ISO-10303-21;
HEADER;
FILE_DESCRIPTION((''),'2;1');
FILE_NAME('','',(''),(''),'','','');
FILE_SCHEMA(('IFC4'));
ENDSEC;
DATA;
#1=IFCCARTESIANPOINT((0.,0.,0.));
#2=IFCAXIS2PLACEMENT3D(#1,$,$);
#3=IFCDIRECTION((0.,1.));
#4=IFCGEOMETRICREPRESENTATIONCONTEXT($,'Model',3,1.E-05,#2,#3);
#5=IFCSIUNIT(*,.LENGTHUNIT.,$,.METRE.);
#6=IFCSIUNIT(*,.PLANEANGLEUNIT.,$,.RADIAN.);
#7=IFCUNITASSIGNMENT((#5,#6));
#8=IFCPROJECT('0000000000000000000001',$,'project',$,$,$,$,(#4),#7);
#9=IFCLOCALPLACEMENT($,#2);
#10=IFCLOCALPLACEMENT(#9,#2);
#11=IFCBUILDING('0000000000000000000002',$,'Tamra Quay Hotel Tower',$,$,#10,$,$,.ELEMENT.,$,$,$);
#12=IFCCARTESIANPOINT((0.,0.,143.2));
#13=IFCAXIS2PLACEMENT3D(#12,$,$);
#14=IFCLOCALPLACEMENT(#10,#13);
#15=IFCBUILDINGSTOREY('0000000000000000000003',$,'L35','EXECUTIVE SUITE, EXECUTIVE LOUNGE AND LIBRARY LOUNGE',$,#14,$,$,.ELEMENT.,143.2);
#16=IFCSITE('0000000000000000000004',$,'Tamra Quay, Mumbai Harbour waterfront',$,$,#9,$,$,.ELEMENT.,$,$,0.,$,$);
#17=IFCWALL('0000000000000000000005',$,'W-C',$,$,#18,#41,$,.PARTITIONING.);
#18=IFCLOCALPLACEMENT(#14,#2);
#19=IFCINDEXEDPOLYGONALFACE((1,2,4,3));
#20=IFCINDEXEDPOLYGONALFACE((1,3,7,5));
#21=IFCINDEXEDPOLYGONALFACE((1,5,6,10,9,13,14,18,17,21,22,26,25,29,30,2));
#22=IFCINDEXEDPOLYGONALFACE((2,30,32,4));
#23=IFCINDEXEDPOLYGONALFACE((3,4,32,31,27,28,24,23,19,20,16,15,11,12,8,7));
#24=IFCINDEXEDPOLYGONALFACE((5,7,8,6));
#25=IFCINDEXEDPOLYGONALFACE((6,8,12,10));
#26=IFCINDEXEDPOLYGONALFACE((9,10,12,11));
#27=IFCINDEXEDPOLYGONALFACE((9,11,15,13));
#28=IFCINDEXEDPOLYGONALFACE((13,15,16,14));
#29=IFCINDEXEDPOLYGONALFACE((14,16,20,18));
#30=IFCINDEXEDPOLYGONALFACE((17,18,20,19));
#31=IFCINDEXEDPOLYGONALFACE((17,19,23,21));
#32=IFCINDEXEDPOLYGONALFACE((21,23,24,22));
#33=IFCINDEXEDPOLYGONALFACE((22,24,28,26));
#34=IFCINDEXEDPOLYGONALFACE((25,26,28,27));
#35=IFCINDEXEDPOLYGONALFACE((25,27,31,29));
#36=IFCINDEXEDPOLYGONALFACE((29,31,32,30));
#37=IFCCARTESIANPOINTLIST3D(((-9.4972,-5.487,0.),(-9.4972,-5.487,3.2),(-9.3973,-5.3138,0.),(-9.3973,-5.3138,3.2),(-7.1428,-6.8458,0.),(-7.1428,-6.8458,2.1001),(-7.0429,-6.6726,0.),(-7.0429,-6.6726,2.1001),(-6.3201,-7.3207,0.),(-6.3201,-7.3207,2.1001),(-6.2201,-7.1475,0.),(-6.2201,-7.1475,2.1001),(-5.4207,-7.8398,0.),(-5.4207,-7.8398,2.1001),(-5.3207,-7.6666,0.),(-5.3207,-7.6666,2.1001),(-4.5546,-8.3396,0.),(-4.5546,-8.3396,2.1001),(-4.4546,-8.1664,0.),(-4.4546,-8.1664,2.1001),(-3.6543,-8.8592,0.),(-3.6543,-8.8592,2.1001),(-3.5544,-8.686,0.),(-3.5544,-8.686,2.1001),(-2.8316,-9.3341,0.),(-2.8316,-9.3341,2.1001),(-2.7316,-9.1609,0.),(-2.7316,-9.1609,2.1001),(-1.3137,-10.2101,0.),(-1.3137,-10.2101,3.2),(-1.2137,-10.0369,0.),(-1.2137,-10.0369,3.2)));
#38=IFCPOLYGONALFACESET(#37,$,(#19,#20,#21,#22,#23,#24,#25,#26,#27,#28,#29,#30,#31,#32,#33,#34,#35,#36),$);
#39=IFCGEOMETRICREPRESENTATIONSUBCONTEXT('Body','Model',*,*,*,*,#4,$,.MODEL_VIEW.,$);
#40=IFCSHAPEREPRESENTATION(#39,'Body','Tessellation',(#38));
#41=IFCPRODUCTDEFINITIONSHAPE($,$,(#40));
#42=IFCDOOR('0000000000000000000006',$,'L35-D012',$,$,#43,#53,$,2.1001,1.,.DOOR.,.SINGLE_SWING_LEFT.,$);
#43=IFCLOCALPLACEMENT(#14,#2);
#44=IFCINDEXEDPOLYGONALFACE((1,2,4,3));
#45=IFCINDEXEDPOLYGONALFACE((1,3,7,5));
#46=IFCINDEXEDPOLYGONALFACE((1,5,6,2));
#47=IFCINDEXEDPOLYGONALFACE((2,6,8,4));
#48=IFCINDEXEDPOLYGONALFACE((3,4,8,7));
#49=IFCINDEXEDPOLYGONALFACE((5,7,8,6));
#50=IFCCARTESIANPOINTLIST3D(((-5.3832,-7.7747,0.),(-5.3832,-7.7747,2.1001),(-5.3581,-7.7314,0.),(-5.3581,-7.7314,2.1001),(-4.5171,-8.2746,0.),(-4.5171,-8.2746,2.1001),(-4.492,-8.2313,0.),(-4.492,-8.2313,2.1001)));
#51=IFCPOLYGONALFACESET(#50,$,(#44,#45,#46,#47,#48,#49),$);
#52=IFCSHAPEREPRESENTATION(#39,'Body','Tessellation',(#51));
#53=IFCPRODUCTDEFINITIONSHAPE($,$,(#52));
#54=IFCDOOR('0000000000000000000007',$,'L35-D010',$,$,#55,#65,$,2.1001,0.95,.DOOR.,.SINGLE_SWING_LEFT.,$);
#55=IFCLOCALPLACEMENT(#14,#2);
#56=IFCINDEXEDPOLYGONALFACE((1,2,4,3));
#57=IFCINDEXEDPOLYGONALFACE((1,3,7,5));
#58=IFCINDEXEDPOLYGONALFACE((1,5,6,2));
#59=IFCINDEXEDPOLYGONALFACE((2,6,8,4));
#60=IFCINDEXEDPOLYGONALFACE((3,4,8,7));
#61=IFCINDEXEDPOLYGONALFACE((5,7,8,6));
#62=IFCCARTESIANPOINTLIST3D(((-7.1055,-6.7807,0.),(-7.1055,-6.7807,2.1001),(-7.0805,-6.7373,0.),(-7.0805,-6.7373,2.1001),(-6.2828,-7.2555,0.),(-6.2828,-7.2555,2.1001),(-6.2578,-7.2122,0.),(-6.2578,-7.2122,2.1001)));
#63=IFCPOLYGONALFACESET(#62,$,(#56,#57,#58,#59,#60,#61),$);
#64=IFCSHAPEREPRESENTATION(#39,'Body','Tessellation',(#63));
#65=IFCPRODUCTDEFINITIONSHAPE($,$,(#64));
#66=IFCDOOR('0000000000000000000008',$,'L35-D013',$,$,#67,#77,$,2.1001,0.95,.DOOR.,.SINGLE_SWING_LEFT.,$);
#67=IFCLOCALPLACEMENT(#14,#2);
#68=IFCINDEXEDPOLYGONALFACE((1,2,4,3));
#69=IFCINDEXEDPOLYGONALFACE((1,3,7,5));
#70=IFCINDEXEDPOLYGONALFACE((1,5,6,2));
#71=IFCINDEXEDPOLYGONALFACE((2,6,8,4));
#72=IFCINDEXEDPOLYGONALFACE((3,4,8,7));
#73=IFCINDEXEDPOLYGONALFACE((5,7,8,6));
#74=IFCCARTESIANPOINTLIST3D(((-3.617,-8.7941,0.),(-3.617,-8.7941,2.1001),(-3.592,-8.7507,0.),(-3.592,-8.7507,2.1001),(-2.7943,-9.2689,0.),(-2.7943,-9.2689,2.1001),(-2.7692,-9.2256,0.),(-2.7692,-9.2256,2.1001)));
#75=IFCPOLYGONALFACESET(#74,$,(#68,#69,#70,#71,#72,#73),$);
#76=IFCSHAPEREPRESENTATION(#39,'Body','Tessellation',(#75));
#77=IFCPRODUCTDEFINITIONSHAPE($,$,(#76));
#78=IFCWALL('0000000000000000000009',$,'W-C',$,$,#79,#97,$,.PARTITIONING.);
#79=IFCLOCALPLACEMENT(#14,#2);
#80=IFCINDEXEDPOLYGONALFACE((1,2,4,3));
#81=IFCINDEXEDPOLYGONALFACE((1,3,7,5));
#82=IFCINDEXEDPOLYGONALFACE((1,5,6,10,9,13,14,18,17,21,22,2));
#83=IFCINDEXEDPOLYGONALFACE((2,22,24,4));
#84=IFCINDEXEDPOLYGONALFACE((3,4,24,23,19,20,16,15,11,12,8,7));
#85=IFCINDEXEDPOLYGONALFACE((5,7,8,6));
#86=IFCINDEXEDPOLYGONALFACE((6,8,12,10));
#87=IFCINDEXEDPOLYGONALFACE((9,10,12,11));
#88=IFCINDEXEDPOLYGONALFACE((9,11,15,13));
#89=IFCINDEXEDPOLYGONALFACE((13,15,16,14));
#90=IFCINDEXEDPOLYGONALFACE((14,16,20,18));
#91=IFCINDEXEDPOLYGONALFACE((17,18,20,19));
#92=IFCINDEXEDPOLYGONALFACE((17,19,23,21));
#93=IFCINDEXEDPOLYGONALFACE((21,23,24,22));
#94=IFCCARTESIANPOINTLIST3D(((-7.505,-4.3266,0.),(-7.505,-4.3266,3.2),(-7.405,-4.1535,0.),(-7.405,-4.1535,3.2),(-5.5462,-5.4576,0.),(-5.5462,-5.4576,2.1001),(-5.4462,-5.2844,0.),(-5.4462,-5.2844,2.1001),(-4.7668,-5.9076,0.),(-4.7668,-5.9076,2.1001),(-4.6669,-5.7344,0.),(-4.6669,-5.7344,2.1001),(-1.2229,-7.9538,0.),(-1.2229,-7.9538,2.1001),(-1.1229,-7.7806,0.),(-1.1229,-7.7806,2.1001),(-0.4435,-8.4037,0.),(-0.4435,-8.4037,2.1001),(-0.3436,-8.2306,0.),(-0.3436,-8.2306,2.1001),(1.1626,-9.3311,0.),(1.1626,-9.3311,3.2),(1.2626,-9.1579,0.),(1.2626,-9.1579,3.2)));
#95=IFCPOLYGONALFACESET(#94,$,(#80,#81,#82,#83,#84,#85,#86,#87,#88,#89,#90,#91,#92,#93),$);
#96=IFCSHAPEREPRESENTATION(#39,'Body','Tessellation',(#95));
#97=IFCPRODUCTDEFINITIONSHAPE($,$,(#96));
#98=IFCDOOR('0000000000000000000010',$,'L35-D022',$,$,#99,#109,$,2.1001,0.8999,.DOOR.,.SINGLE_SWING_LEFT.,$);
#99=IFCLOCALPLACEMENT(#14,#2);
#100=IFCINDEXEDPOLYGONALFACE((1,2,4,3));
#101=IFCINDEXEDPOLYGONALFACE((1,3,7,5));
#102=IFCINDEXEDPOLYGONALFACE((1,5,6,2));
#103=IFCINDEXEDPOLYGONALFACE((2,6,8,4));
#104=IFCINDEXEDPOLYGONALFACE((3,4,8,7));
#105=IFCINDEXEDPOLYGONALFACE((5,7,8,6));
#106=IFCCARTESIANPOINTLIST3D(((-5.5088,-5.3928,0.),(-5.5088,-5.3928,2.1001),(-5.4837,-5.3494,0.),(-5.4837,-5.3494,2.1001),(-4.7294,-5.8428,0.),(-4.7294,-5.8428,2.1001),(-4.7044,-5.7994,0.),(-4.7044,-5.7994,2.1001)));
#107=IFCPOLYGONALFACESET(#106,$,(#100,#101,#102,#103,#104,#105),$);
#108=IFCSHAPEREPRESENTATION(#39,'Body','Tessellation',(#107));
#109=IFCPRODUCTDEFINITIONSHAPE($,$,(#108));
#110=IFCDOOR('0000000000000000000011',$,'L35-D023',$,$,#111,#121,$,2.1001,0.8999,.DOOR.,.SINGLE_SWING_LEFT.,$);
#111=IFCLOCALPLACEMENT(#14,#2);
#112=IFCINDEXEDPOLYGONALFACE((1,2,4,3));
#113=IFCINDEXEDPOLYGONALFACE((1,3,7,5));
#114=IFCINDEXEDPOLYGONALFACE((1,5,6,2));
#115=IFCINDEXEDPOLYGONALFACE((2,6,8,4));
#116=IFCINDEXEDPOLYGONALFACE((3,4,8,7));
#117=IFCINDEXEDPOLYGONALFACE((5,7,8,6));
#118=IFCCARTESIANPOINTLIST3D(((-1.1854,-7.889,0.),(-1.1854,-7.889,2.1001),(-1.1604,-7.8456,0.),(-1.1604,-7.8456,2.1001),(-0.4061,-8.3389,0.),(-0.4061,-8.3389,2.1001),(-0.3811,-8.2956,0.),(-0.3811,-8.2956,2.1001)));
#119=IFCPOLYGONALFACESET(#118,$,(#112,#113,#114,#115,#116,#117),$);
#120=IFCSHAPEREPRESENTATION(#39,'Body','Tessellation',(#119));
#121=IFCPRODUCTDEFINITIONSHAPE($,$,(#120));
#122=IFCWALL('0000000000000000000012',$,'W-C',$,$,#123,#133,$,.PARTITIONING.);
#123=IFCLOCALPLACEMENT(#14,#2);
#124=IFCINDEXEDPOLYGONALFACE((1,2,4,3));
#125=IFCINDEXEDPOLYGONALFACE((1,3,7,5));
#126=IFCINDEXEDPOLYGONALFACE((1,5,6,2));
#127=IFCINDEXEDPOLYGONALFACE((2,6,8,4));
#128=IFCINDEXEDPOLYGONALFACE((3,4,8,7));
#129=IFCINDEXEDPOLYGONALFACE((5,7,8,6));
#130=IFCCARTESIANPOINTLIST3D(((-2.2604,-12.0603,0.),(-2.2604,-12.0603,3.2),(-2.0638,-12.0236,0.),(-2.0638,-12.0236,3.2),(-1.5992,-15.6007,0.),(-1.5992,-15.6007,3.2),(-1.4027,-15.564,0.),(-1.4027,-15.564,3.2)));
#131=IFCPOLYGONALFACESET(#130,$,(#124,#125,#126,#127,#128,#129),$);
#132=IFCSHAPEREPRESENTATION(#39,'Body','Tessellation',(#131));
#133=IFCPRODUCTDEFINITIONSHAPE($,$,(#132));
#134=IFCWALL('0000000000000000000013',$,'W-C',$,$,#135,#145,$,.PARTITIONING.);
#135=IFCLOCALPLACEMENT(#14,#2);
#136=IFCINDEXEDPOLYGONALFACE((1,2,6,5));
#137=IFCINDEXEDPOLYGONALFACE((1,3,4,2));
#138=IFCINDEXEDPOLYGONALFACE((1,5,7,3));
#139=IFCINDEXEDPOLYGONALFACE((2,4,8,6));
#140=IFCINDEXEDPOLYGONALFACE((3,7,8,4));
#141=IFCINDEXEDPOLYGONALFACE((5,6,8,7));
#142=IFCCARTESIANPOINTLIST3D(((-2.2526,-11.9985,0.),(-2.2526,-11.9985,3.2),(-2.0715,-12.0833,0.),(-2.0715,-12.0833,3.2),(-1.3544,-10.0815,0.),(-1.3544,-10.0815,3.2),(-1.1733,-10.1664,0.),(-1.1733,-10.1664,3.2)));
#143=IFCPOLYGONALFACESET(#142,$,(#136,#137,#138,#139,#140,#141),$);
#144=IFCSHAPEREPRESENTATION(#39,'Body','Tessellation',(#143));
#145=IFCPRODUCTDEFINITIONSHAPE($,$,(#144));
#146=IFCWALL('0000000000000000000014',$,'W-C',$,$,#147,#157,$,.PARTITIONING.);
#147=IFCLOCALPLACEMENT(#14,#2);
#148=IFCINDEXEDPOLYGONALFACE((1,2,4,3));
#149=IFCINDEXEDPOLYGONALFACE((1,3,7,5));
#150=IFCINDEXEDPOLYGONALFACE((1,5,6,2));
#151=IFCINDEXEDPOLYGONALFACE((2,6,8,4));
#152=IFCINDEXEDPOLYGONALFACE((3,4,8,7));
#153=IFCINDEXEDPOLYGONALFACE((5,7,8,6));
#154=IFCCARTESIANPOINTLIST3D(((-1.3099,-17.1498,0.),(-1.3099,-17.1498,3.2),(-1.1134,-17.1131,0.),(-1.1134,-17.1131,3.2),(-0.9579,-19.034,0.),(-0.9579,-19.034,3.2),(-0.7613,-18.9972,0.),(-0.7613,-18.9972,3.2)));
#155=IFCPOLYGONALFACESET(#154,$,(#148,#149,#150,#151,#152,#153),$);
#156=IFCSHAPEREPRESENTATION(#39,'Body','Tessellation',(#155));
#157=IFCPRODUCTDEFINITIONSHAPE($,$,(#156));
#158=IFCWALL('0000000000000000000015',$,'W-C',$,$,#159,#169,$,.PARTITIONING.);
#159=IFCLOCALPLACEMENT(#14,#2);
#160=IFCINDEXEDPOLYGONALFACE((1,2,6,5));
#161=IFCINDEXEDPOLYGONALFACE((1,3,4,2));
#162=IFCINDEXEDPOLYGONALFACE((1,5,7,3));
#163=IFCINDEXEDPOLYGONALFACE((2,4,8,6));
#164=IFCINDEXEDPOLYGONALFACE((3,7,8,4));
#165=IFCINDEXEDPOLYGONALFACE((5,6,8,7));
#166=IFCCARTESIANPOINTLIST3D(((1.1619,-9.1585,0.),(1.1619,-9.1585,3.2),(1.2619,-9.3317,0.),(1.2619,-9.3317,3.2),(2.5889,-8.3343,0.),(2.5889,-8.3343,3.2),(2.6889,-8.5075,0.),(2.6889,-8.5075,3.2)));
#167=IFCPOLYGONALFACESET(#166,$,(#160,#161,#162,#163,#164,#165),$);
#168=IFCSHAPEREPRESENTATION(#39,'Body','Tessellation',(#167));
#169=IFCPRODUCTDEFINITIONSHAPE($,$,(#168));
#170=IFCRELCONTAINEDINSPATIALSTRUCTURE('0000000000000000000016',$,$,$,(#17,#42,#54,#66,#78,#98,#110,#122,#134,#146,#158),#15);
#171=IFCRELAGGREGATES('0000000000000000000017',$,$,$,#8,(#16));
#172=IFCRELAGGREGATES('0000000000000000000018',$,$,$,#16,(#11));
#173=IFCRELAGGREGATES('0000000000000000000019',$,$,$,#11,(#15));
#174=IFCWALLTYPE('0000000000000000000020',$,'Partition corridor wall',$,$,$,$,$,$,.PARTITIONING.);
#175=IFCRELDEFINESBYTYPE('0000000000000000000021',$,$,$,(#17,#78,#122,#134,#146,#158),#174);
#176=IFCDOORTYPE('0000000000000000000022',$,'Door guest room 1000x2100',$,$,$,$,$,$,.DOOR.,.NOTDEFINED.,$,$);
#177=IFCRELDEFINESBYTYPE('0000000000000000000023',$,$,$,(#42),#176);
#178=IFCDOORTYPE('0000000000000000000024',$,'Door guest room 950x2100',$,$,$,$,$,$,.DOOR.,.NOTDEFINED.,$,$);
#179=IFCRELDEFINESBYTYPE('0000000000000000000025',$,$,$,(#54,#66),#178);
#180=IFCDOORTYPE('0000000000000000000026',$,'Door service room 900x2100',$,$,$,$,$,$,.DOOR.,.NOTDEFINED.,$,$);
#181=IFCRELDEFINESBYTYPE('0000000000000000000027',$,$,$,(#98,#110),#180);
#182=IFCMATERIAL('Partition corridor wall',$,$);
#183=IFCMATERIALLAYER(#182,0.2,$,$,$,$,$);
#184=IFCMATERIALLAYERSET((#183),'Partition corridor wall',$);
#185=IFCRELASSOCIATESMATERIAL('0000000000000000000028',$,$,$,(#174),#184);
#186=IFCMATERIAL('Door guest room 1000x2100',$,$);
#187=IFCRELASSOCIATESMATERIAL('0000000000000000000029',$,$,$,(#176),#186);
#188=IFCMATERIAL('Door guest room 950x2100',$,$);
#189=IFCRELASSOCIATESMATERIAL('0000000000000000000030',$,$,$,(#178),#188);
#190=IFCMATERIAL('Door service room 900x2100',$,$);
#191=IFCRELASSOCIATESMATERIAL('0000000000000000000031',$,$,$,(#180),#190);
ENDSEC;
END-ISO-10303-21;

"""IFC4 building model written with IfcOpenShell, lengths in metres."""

from ifc_helpers import new_model, si_unit, direction, frame, frame_2d, origin, place, context, subcontext, project, spatial, rectangle, extrude, material, layer, layer_set, type_object, element, fill, save


model = new_model("IFC4")

# Units and contexts
model_context = context("Model", 3, precision=1e-05, world=origin(), true_north=direction((0.0, 1.0)))
body_context = subcontext(model_context, "Body", "Model", "MODEL_VIEW")
ifc_project = project(units=[si_unit("LENGTHUNIT", "METRE"), si_unit("PLANEANGLEUNIT", "RADIAN")], contexts=[model_context])

# Site, building, storey
site_placement = place(None, origin())
site = spatial("IfcSite", under=ifc_project, at=site_placement, Name="Tamra Quay, Mumbai Harbour waterfront", CompositionType="ELEMENT", RefElevation=0.0)
building_placement = place(site_placement, origin())
building = spatial("IfcBuilding", under=site, at=building_placement, Name="Tamra Quay Hotel Tower", CompositionType="ELEMENT")
storey_placement = place(building_placement, frame((0.0, 0.0, 143.2)))
storey = spatial("IfcBuildingStorey", under=building, at=storey_placement, Name="L35", Description="EXECUTIVE SUITE, EXECUTIVE LOUNGE AND LIBRARY LOUNGE", CompositionType="ELEMENT", Elevation=143.2)

# Shared definitions
ifc_material_1 = material(Name="Partition corridor wall")
ifc_layer_1 = layer(ifc_material_1, 0.2)
ifc_layer_set_1 = layer_set([ifc_layer_1], Name="Partition corridor wall")
wall_type_1 = type_object("IfcWallType", Name="Partition corridor wall", PredefinedType="PARTITIONING", material=ifc_layer_set_1)

# Walls, openings, doors
wall_1_placement = place(storey_placement, frame((-9.4473, -5.4004, 0.0), z_axis=(0.0, 0.0, 1.0), x_axis=(0.866101, -0.499869, 0.0)))
wall_1 = element("IfcWall", 1, at=wall_1_placement, inside=storey, type_object=wall_type_1, Name="W-C", PredefinedType="PARTITIONING", context=body_context, shape_type="SweptSolid", body=[
    extrude(rectangle(XDim=9.4487, YDim=0.2, at=frame_2d((4.7244, 0.0))), origin(), (0.0, 0.0, 1.0), 3.2),
])
opening_1_placement = place(wall_1_placement, frame((2.7183, 0.0, 0.0)))
opening_1 = element("IfcOpeningElement", 2, at=opening_1_placement, cuts=wall_1, PredefinedType="OPENING", context=body_context, shape_type="SweptSolid", body=[
    extrude(rectangle(XDim=0.95, YDim=2.1001, at=frame_2d((0.4751, 1.05))), frame((0.0, 0.1099, 0.0), z_axis=(0.0, -1.0, 0.0), x_axis=(1.0, 0.0, 0.0)), (0.0, 0.0, 1.0), 0.22),
])
opening_2_placement = place(wall_1_placement, frame((4.7068, 0.0, 0.0)))
opening_2 = element("IfcOpeningElement", 3, at=opening_2_placement, cuts=wall_1, PredefinedType="OPENING", context=body_context, shape_type="SweptSolid", body=[
    extrude(rectangle(XDim=1.0, YDim=2.1001, at=frame_2d((0.5, 1.05))), frame((0.0, 0.1099, 0.0), z_axis=(0.0, -1.0, 0.0), x_axis=(1.0, 0.0, 0.0)), (0.0, 0.0, 1.0), 0.22),
])
opening_3_placement = place(wall_1_placement, frame((6.7461, 0.0, 0.0)))
opening_3 = element("IfcOpeningElement", 4, at=opening_3_placement, cuts=wall_1, PredefinedType="OPENING", context=body_context, shape_type="SweptSolid", body=[
    extrude(rectangle(XDim=0.95, YDim=2.1001, at=frame_2d((0.4751, 1.05))), frame((0.0, 0.1099, 0.0), z_axis=(0.0, -1.0, 0.0), x_axis=(1.0, 0.0, 0.0)), (0.0, 0.0, 1.0), 0.22),
])
ifc_material_2 = material(Name="Door guest room 1000x2100")
door_type_1 = type_object("IfcDoorType", Name="Door guest room 1000x2100", OperationType="NOTDEFINED", PredefinedType="DOOR", material=ifc_material_2)
door_1_placement = place(opening_2_placement, frame((1.0, 0.0, 0.0), z_axis=(0.0, 0.0, 1.0), x_axis=(-1.0, 0.0, 0.0)))
door_1 = element("IfcDoor", 5, at=door_1_placement, inside=storey, type_object=door_type_1, Name="L35-D012", OperationType="SINGLE_SWING_LEFT", OverallHeight=2.1001, OverallWidth=1.0, PredefinedType="DOOR", context=body_context, shape_type="SweptSolid", body=[
    extrude(rectangle(XDim=1.0, YDim=2.1001, at=frame_2d((0.5, 1.05))), frame((0.0, 0.0249, 0.0), z_axis=(0.0, -1.0, 0.0), x_axis=(1.0, 0.0, 0.0)), (0.0, 0.0, 1.0), 0.05),
])
fill(opening_2, door_1)
ifc_material_3 = material(Name="Door guest room 950x2100")
door_type_2 = type_object("IfcDoorType", Name="Door guest room 950x2100", OperationType="NOTDEFINED", PredefinedType="DOOR", material=ifc_material_3)
door_2_placement = place(opening_1_placement, frame((0.95, 0.0, 0.0), z_axis=(0.0, 0.0, 1.0), x_axis=(-1.0, 0.0, 0.0)))
door_2 = element("IfcDoor", 6, at=door_2_placement, inside=storey, type_object=door_type_2, Name="L35-D010", OperationType="SINGLE_SWING_LEFT", OverallHeight=2.1001, OverallWidth=0.95, PredefinedType="DOOR", context=body_context, shape_type="SweptSolid", body=[
    extrude(rectangle(XDim=0.95, YDim=2.1001, at=frame_2d((0.4751, 1.05))), frame((0.0, 0.0249, 0.0), z_axis=(0.0, -1.0, 0.0), x_axis=(1.0, 0.0, 0.0)), (0.0, 0.0, 1.0), 0.05),
])
fill(opening_1, door_2)
door_3_placement = place(opening_3_placement, frame((0.95, 0.0, 0.0), z_axis=(0.0, 0.0, 1.0), x_axis=(-1.0, 0.0, 0.0)))
door_3 = element("IfcDoor", 7, at=door_3_placement, inside=storey, type_object=door_type_2, Name="L35-D013", OperationType="SINGLE_SWING_LEFT", OverallHeight=2.1001, OverallWidth=0.95, PredefinedType="DOOR", context=body_context, shape_type="SweptSolid", body=[
    extrude(rectangle(XDim=0.95, YDim=2.1001, at=frame_2d((0.4751, 1.05))), frame((0.0, 0.0249, 0.0), z_axis=(0.0, -1.0, 0.0), x_axis=(1.0, 0.0, 0.0)), (0.0, 0.0, 1.0), 0.05),
])
fill(opening_3, door_3)
wall_2_placement = place(storey_placement, frame((-7.4551, -4.24, 0.0), z_axis=(0.0, 0.0, 1.0), x_axis=(0.866016, -0.500017, 0.0)))
wall_2 = element("IfcWall", 8, at=wall_2_placement, inside=storey, type_object=wall_type_1, Name="W-C", PredefinedType="PARTITIONING", context=body_context, shape_type="SweptSolid", body=[
    extrude(rectangle(XDim=10.0085, YDim=0.2, at=frame_2d((5.0044, 0.0))), origin(), (0.0, 0.0, 1.0), 3.2),
])
opening_4_placement = place(wall_2_placement, frame((2.262, 0.0, 0.0)))
opening_4 = element("IfcOpeningElement", 9, at=opening_4_placement, cuts=wall_2, PredefinedType="OPENING", context=body_context, shape_type="SweptSolid", body=[
    extrude(rectangle(XDim=0.8999, YDim=2.1001, at=frame_2d((0.45, 1.05))), frame((0.0, 0.1099, 0.0), z_axis=(0.0, -1.0, 0.0), x_axis=(1.0, 0.0, 0.0)), (0.0, 0.0, 1.0), 0.22),
])
opening_5_placement = place(wall_2_placement, frame((7.2542, 0.0, 0.0)))
opening_5 = element("IfcOpeningElement", 10, at=opening_5_placement, cuts=wall_2, PredefinedType="OPENING", context=body_context, shape_type="SweptSolid", body=[
    extrude(rectangle(XDim=0.8999, YDim=2.1001, at=frame_2d((0.45, 1.05))), frame((0.0, 0.1099, 0.0), z_axis=(0.0, -1.0, 0.0), x_axis=(1.0, 0.0, 0.0)), (0.0, 0.0, 1.0), 0.22),
])
ifc_material_4 = material(Name="Door service room 900x2100")
door_type_3 = type_object("IfcDoorType", Name="Door service room 900x2100", OperationType="NOTDEFINED", PredefinedType="DOOR", material=ifc_material_4)
door_4_placement = place(opening_4_placement, origin())
door_4 = element("IfcDoor", 11, at=door_4_placement, inside=storey, type_object=door_type_3, Name="L35-D022", OperationType="SINGLE_SWING_LEFT", OverallHeight=2.1001, OverallWidth=0.8999, PredefinedType="DOOR", context=body_context, shape_type="SweptSolid", body=[
    extrude(rectangle(XDim=0.8999, YDim=2.1001, at=frame_2d((0.45, 1.05))), frame((0.0, 0.0249, 0.0), z_axis=(0.0, -1.0, 0.0), x_axis=(1.0, 0.0, 0.0)), (0.0, 0.0, 1.0), 0.05),
])
fill(opening_4, door_4)
door_5_placement = place(opening_5_placement, origin())
door_5 = element("IfcDoor", 12, at=door_5_placement, inside=storey, type_object=door_type_3, Name="L35-D023", OperationType="SINGLE_SWING_LEFT", OverallHeight=2.1001, OverallWidth=0.8999, PredefinedType="DOOR", context=body_context, shape_type="SweptSolid", body=[
    extrude(rectangle(XDim=0.8999, YDim=2.1001, at=frame_2d((0.45, 1.05))), frame((0.0, 0.0249, 0.0), z_axis=(0.0, -1.0, 0.0), x_axis=(1.0, 0.0, 0.0)), (0.0, 0.0, 1.0), 0.05),
])
fill(opening_5, door_5)

# Walls
wall_3_placement = place(storey_placement, frame((-2.1621, -12.042, 0.0), z_axis=(0.0, 0.0, 1.0), x_axis=(0.183572, -0.983006, 0.0)))
element("IfcWall", 13, at=wall_3_placement, inside=storey, type_object=wall_type_1, Name="W-C", PredefinedType="PARTITIONING", context=body_context, shape_type="SweptSolid", body=[
    extrude(rectangle(XDim=3.6016, YDim=0.2, at=frame_2d((1.8008, 0.0))), origin(), (0.0, 0.0, 1.0), 3.2),
])
wall_4_placement = place(storey_placement, frame((-2.1621, -12.041, 0.0), z_axis=(0.0, 0.0, 1.0), x_axis=(0.42428, 0.905531, 0.0)))
element("IfcWall", 14, at=wall_4_placement, inside=storey, type_object=wall_type_1, Name="W-C", PredefinedType="PARTITIONING", context=body_context, shape_type="SweptSolid", body=[
    extrude(rectangle(XDim=2.1169, YDim=0.2, at=frame_2d((1.0586, 0.0))), origin(), (0.0, 0.0, 1.0), 3.2),
])
wall_5_placement = place(storey_placement, frame((-1.2117, -17.1313, 0.0), z_axis=(0.0, 0.0, 1.0), x_axis=(0.183681, -0.982986, 0.0)))
element("IfcWall", 15, at=wall_5_placement, inside=storey, type_object=wall_type_1, Name="W-C", PredefinedType="PARTITIONING", context=body_context, shape_type="SweptSolid", body=[
    extrude(rectangle(XDim=1.9167, YDim=0.2, at=frame_2d((0.9585, 0.0))), origin(), (0.0, 0.0, 1.0), 3.2),
])
wall_6_placement = place(storey_placement, frame((1.2119, -9.2451, 0.0), z_axis=(0.0, 0.0, 1.0), x_axis=(0.865936, 0.500154, 0.0)))
element("IfcWall", 16, at=wall_6_placement, inside=storey, type_object=wall_type_1, Name="W-C", PredefinedType="PARTITIONING", context=body_context, shape_type="SweptSolid", body=[
    extrude(rectangle(XDim=1.6479, YDim=0.2, at=frame_2d((0.824, 0.0))), origin(), (0.0, 0.0, 1.0), 3.2),
])

save(model, "model.ifc")
